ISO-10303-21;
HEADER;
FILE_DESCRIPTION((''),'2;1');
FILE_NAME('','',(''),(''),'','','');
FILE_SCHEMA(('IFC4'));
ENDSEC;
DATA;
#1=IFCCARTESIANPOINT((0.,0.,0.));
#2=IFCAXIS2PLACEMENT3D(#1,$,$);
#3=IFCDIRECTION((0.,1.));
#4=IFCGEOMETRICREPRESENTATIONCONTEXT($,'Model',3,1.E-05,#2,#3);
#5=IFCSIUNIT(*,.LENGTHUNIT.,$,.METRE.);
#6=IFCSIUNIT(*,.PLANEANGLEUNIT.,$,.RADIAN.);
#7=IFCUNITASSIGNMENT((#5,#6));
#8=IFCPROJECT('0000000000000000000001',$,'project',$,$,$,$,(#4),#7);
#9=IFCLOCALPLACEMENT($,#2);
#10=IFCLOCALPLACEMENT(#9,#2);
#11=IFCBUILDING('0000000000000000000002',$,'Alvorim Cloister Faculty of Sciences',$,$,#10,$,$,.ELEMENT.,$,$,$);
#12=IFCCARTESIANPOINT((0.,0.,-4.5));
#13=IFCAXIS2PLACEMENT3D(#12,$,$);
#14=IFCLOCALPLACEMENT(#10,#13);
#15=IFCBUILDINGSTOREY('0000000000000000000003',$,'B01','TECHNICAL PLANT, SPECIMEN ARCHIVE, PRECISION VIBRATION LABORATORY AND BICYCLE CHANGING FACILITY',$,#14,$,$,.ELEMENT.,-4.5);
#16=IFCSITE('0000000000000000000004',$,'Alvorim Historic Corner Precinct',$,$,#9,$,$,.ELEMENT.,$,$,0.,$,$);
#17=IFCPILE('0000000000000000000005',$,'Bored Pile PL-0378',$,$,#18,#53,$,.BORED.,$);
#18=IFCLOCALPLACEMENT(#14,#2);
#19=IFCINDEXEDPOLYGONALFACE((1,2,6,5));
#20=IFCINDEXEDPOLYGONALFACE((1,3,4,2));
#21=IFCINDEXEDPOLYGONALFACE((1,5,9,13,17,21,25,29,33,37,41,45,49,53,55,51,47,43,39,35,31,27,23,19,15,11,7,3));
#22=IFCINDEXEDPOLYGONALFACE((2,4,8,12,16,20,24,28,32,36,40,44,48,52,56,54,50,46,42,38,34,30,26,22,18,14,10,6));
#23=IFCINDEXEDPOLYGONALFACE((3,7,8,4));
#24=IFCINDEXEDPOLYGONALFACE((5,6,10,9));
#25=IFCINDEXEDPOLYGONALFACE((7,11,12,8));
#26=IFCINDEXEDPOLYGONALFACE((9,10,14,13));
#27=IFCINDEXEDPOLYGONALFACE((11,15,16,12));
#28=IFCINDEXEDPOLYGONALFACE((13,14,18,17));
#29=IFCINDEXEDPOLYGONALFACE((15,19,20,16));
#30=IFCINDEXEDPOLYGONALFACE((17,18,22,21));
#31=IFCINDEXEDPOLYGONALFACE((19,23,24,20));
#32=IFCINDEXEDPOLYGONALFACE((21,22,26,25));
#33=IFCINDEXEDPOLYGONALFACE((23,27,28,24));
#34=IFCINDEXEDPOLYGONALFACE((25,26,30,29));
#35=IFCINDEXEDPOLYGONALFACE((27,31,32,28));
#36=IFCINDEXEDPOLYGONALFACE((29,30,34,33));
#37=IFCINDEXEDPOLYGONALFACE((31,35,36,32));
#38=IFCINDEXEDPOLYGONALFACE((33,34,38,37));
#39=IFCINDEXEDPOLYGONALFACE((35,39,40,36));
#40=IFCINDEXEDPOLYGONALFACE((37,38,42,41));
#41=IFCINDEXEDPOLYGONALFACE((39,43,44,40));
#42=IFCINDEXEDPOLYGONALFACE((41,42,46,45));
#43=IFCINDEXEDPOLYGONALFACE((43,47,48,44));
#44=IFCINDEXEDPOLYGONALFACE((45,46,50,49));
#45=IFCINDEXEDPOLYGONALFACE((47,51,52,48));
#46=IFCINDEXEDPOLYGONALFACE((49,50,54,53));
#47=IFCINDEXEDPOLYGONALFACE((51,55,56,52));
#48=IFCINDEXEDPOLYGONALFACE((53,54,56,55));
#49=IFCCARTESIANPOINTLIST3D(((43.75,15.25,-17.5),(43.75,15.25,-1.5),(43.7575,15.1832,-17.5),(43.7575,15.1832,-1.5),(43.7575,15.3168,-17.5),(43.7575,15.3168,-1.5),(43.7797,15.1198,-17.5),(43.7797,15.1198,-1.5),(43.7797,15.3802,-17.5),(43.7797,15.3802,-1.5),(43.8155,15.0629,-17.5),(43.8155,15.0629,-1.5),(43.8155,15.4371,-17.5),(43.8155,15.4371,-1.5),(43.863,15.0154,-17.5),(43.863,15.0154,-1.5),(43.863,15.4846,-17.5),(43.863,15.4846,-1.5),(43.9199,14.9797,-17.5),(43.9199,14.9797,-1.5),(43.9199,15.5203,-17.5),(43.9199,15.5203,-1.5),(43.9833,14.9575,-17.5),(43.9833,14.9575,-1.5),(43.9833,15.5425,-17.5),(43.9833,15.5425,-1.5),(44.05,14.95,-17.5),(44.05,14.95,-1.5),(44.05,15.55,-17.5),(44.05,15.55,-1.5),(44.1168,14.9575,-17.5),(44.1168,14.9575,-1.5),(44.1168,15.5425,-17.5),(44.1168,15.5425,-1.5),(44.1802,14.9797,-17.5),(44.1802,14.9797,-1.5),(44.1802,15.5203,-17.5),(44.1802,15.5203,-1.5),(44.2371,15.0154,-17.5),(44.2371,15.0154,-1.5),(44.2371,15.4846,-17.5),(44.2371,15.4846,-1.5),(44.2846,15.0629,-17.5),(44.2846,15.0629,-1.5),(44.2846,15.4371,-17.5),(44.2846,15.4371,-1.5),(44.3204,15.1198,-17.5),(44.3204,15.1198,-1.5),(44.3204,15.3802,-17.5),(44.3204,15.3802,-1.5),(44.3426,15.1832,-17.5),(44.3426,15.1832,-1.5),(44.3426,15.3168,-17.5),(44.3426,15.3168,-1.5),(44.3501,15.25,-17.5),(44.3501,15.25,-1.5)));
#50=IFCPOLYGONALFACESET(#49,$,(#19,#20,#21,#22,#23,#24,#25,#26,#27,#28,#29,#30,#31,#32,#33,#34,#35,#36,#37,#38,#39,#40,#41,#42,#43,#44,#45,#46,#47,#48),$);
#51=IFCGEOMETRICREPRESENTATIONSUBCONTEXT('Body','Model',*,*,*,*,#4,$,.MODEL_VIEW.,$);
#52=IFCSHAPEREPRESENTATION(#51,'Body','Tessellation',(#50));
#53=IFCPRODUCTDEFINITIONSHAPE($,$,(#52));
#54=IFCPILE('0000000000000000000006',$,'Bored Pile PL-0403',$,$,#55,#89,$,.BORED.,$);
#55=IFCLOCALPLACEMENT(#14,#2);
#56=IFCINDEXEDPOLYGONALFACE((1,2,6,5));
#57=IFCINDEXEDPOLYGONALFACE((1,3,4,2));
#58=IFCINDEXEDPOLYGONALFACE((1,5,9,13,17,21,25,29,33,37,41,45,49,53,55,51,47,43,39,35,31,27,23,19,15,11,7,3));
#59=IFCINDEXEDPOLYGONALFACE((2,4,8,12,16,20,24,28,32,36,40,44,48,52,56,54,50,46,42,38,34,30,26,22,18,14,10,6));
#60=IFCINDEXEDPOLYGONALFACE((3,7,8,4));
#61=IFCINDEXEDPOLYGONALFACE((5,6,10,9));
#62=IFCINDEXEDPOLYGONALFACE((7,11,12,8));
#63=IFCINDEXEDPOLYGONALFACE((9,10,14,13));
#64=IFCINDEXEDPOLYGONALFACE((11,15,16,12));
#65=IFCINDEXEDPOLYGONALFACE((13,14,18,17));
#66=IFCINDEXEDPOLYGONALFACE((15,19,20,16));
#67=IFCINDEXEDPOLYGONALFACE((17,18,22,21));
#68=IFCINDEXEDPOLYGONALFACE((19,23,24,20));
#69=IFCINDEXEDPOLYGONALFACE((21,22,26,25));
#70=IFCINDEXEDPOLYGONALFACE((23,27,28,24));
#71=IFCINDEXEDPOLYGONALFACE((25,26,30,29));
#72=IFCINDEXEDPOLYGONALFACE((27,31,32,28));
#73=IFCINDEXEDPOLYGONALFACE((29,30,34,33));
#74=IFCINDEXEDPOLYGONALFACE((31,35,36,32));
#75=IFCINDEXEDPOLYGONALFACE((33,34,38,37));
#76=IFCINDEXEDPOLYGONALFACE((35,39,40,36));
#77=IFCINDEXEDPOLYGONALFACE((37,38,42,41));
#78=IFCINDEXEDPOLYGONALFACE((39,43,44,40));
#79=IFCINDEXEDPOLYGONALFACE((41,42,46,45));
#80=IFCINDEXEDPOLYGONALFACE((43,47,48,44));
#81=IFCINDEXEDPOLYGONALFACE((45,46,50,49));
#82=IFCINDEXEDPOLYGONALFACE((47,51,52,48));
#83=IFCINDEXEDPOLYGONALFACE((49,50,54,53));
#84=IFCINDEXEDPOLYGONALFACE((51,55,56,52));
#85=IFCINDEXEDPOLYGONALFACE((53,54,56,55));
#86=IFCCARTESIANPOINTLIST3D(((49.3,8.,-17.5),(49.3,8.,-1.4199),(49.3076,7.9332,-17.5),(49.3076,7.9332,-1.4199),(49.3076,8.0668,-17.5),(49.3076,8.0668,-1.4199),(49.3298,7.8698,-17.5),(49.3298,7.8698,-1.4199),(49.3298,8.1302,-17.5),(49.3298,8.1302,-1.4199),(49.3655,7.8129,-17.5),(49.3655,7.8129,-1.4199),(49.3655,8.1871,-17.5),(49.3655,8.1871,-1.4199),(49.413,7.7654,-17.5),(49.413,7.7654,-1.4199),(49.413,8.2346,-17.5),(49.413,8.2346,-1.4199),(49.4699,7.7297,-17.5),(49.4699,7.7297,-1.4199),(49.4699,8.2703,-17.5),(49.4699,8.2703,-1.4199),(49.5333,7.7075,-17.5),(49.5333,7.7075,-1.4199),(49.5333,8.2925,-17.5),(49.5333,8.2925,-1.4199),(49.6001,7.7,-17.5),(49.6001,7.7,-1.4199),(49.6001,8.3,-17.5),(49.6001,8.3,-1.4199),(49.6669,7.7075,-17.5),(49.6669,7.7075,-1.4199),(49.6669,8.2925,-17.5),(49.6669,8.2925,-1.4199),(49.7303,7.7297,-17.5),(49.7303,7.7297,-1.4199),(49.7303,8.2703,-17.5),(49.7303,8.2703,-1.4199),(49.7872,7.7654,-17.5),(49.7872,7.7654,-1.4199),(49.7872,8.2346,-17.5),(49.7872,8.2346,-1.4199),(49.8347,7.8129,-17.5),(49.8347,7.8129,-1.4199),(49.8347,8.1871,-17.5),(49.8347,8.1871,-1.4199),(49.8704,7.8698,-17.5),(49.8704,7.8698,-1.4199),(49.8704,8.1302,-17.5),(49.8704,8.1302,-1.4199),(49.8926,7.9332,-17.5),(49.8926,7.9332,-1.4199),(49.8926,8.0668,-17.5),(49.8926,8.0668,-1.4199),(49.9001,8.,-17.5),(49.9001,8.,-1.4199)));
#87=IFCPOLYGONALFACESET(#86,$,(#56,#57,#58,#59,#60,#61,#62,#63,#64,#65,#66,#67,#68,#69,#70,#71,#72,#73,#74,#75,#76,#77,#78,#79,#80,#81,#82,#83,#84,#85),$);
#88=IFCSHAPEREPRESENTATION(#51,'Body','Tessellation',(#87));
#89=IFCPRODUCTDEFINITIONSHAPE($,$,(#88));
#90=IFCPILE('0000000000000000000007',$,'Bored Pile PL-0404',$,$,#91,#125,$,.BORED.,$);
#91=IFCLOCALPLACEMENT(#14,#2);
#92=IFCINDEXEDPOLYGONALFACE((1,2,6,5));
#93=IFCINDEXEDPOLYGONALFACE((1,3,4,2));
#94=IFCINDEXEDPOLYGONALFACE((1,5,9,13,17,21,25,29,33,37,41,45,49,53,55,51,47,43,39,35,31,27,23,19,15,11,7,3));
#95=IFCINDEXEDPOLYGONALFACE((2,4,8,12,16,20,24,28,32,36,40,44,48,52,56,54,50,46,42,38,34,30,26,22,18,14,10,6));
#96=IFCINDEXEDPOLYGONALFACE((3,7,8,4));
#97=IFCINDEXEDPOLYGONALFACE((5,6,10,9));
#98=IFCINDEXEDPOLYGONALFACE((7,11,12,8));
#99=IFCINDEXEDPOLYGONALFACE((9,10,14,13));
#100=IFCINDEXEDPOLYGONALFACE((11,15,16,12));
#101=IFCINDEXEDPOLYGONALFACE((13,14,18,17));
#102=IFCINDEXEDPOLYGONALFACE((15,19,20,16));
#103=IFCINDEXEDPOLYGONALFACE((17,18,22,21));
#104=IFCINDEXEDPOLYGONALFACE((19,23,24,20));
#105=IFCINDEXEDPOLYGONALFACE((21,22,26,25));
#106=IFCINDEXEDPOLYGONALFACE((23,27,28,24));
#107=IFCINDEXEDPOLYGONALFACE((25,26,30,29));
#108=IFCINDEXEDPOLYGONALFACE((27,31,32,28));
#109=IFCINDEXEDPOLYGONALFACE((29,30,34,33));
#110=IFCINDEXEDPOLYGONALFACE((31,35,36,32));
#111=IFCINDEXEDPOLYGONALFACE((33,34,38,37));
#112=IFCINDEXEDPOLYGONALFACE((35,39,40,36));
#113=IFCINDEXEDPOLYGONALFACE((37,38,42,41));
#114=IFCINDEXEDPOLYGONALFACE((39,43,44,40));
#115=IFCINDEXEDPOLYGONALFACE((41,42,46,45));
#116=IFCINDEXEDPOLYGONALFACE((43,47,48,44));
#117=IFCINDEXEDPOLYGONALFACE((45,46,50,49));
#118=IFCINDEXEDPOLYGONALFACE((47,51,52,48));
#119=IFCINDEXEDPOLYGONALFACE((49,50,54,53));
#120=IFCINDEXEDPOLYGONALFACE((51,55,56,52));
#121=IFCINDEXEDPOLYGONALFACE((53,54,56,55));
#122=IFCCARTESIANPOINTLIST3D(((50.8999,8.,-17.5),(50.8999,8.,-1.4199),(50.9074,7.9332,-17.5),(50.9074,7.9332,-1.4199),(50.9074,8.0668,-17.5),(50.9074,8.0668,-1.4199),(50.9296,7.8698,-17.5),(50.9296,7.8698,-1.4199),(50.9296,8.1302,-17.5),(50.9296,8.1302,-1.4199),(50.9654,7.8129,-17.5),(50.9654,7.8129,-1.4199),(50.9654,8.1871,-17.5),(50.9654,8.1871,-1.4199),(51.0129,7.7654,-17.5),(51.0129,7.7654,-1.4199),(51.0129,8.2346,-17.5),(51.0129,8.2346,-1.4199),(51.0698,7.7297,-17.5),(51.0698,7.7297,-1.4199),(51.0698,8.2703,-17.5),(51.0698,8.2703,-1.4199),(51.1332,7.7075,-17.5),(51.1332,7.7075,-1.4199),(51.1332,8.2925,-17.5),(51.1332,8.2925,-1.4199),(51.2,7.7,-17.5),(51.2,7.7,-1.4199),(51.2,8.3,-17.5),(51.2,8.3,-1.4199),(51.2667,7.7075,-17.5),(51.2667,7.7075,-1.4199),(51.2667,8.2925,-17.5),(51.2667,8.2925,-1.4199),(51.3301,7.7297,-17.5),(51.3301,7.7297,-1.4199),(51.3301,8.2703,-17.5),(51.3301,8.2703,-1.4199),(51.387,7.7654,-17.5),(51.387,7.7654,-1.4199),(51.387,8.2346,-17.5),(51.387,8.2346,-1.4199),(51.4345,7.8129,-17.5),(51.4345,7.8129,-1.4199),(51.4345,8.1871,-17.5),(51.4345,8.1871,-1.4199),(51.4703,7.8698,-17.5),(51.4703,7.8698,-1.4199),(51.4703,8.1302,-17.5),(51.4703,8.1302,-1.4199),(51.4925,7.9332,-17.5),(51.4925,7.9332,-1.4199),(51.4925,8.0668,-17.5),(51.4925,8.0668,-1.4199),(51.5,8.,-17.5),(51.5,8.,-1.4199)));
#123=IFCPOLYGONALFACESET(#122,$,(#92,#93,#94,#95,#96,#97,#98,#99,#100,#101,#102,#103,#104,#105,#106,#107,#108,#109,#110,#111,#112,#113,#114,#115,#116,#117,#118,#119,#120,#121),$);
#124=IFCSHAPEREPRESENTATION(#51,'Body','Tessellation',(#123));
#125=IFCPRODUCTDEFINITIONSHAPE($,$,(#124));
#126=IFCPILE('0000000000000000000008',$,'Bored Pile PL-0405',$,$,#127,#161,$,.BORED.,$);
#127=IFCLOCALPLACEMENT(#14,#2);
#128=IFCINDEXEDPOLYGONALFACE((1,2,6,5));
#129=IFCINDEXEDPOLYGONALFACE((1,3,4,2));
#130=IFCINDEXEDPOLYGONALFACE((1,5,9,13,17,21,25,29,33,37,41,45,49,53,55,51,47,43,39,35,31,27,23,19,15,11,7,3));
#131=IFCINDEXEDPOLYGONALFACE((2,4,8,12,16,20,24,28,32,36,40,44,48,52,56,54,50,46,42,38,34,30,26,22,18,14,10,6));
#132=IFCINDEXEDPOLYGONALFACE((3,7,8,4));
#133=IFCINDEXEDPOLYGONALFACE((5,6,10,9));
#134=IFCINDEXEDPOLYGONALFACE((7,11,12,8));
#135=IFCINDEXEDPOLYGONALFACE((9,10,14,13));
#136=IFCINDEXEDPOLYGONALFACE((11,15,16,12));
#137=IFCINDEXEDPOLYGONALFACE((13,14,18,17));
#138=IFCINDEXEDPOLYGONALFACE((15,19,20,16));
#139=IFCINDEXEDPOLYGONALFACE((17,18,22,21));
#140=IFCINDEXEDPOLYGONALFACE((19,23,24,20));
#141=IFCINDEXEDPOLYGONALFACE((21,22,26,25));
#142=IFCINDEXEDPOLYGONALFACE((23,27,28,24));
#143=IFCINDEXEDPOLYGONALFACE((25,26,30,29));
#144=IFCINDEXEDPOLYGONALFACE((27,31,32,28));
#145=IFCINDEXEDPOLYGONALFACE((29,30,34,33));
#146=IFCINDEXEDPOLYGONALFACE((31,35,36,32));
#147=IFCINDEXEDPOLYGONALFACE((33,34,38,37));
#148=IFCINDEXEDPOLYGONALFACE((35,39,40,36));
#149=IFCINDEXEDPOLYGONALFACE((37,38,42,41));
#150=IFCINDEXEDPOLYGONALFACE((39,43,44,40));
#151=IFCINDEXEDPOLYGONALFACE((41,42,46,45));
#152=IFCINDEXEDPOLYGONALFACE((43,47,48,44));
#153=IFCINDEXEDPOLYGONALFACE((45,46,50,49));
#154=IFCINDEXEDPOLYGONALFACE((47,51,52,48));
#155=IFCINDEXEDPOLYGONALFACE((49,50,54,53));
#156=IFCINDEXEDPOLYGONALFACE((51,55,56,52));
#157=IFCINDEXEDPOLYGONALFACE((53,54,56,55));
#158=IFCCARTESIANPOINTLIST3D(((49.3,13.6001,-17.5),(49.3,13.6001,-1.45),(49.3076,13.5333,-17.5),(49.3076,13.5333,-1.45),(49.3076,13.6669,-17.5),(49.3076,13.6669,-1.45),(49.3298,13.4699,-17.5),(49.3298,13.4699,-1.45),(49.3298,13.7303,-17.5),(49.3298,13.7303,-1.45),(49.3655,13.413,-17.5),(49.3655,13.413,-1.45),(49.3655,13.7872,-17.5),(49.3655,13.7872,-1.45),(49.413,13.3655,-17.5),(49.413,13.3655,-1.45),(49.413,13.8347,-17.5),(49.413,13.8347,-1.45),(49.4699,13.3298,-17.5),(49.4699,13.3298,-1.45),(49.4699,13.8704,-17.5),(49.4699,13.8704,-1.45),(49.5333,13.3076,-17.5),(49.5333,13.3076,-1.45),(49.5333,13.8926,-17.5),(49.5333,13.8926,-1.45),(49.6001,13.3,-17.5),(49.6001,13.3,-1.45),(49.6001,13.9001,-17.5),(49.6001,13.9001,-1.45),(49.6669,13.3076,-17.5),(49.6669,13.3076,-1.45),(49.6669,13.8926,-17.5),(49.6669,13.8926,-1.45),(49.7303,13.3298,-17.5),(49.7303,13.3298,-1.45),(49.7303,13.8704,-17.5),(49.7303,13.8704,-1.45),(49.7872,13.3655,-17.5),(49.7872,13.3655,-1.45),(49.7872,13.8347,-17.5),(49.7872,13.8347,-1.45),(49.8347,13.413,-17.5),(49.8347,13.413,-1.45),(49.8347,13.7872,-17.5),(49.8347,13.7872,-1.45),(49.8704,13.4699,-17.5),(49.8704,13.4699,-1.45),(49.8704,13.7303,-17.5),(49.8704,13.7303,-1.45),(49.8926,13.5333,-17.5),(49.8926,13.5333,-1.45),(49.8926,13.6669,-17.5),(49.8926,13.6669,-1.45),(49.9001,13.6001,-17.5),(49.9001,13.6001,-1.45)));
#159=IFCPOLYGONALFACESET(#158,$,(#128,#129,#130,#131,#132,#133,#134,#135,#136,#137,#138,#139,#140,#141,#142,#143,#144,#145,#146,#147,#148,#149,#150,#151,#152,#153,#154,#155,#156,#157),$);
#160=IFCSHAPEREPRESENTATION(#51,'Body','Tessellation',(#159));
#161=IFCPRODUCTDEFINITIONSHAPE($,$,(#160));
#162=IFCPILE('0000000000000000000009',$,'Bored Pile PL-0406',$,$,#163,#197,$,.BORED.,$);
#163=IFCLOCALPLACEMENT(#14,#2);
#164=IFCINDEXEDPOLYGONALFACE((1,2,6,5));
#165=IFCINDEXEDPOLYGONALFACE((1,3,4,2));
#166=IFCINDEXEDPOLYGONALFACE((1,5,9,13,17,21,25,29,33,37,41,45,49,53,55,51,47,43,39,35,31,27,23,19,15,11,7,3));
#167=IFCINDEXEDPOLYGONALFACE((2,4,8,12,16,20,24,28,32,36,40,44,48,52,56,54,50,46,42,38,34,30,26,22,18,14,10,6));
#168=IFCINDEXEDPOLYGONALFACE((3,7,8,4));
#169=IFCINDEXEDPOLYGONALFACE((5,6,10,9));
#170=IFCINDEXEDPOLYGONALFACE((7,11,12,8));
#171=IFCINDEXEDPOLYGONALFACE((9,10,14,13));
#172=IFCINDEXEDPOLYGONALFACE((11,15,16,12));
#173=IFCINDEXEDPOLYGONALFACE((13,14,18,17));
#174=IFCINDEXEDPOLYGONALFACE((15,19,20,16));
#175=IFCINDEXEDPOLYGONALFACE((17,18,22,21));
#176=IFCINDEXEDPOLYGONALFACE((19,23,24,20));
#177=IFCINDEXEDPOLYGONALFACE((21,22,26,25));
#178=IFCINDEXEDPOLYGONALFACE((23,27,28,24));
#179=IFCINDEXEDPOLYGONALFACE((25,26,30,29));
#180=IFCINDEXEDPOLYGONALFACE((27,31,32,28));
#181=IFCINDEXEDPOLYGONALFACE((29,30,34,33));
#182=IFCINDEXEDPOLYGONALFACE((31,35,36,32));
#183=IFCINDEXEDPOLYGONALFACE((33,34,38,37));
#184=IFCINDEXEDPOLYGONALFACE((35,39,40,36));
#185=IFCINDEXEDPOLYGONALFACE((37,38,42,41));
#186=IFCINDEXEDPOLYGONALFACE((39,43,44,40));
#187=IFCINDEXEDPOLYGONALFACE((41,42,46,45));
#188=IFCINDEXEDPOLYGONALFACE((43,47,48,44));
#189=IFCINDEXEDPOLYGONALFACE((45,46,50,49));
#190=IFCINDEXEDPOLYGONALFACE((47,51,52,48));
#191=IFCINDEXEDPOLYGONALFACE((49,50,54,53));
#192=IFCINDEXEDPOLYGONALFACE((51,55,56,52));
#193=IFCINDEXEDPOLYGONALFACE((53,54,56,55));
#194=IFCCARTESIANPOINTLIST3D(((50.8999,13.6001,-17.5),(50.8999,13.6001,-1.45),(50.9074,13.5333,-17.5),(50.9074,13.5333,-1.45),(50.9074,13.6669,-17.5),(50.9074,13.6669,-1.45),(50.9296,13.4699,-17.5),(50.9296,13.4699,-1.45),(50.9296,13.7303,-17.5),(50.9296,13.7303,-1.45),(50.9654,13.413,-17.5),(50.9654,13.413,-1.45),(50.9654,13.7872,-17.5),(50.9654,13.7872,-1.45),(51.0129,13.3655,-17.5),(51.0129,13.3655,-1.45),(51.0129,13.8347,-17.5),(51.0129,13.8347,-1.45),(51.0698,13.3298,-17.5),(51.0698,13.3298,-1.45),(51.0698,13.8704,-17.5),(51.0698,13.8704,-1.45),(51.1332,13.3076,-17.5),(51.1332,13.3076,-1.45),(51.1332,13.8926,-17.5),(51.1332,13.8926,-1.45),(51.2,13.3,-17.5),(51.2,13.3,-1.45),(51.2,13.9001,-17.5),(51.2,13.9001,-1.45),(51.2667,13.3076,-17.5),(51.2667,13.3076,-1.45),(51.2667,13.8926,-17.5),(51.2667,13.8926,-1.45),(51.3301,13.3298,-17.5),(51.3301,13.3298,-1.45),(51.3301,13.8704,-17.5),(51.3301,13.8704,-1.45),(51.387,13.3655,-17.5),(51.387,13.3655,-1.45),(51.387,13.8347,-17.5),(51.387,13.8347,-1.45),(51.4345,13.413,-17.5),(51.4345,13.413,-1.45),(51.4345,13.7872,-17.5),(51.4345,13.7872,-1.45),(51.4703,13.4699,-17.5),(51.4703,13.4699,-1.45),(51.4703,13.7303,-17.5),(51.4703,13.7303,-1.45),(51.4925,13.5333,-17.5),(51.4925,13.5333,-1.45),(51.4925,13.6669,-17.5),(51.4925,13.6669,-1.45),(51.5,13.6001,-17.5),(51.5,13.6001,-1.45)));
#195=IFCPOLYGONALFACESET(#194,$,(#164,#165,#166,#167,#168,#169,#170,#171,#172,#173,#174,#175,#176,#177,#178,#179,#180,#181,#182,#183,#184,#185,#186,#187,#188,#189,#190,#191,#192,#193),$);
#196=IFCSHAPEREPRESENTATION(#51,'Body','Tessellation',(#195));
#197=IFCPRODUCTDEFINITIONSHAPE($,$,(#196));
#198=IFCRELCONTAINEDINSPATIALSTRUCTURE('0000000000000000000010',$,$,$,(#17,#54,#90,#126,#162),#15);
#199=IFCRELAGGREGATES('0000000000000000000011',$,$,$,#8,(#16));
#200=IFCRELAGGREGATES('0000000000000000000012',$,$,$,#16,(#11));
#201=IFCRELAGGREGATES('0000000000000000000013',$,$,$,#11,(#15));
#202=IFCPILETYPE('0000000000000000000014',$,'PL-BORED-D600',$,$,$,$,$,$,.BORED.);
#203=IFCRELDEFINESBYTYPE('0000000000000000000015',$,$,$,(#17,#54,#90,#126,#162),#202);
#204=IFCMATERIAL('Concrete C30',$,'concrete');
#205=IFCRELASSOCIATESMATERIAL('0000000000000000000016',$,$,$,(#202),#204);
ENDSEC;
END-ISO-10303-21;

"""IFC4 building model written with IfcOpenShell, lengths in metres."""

from ifc_helpers import new_model, si_unit, direction, frame, origin, origin_2d, place, context, subcontext, project, spatial, circle, extrude, material, material_profile, profile_set, type_object, element, save


model = new_model("IFC4")

# Units and contexts
model_context = context("Model", 3, precision=1e-05, world=origin(), true_north=direction((0.0, 1.0)))
body_context = subcontext(model_context, "Body", "Model", "MODEL_VIEW")
ifc_project = project(units=[si_unit("LENGTHUNIT", "METRE"), si_unit("PLANEANGLEUNIT", "RADIAN")], contexts=[model_context])

# Site, building, storey
site_placement = place(None, origin())
site = spatial("IfcSite", under=ifc_project, at=site_placement, Name="Alvorim Historic Corner Precinct", CompositionType="ELEMENT", RefElevation=0.0)
building_placement = place(site_placement, origin())
building = spatial("IfcBuilding", under=site, at=building_placement, Name="Alvorim Cloister Faculty of Sciences", CompositionType="ELEMENT")
storey_placement = place(building_placement, frame((0.0, 0.0, -4.5)))
storey = spatial("IfcBuildingStorey", under=building, at=storey_placement, Name="B01", Description="TECHNICAL PLANT, SPECIMEN ARCHIVE, PRECISION VIBRATION LABORATORY AND BICYCLE CHANGING FACILITY", CompositionType="ELEMENT", Elevation=-4.5)

# Piles
ifc_material_1 = material(Name="Concrete C30", Category="concrete")
ifc_material_profile_1 = material_profile(ifc_material_1, circle(Radius=0.3, at=origin_2d()), Name="PILE-D600")
ifc_profile_set_1 = profile_set([ifc_material_profile_1], Name="Concrete C30")
pile_type = type_object("IfcPileType", Name="PL-BORED-D600", PredefinedType="BORED", material=ifc_profile_set_1)
for number, where, z_axis, x_axis, name in (
    (1, (44.05, 15.25, -1.5), (0.0, 0.0, -1.0), (1.0, 0.0, 0.0), "Bored Pile PL-0378"),
):
    element("IfcPile", number, at=place(storey_placement, frame(where, z_axis=z_axis, x_axis=x_axis)), inside=storey, type_object=pile_type, Name=name, PredefinedType="BORED", context=body_context, shape_type="SweptSolid", body=[
        extrude(circle(Radius=0.3, at=origin_2d()), origin(), (0.0, 0.0, 1.0), 16.0),
    ])
for number, where, z_axis, x_axis, name in (
    (2, (49.6001, 8.0, -1.4199), (0.0, 0.0, -1.0), (1.0, 0.0, 0.0), "Bored Pile PL-0403"),
    (3, (51.2, 8.0, -1.4199), (0.0, 0.0, -1.0), (1.0, 0.0, 0.0), "Bored Pile PL-0404"),
):
    element("IfcPile", number, at=place(storey_placement, frame(where, z_axis=z_axis, x_axis=x_axis)), inside=storey, type_object=pile_type, Name=name, PredefinedType="BORED", context=body_context, shape_type="SweptSolid", body=[
        extrude(circle(Radius=0.3, at=origin_2d()), origin(), (0.0, 0.0, 1.0), 16.0801),
    ])
for number, where, z_axis, x_axis, name in (
    (4, (49.6001, 13.6001, -1.45), (0.0, 0.0, -1.0), (1.0, 0.0, 0.0), "Bored Pile PL-0405"),
    (5, (51.2, 13.6001, -1.45), (0.0, 0.0, -1.0), (1.0, 0.0, 0.0), "Bored Pile PL-0406"),
):
    element("IfcPile", number, at=place(storey_placement, frame(where, z_axis=z_axis, x_axis=x_axis)), inside=storey, type_object=pile_type, Name=name, PredefinedType="BORED", context=body_context, shape_type="SweptSolid", body=[
        extrude(circle(Radius=0.3, at=origin_2d()), origin(), (0.0, 0.0, 1.0), 16.05),
    ])

save(model, "model.ifc")
